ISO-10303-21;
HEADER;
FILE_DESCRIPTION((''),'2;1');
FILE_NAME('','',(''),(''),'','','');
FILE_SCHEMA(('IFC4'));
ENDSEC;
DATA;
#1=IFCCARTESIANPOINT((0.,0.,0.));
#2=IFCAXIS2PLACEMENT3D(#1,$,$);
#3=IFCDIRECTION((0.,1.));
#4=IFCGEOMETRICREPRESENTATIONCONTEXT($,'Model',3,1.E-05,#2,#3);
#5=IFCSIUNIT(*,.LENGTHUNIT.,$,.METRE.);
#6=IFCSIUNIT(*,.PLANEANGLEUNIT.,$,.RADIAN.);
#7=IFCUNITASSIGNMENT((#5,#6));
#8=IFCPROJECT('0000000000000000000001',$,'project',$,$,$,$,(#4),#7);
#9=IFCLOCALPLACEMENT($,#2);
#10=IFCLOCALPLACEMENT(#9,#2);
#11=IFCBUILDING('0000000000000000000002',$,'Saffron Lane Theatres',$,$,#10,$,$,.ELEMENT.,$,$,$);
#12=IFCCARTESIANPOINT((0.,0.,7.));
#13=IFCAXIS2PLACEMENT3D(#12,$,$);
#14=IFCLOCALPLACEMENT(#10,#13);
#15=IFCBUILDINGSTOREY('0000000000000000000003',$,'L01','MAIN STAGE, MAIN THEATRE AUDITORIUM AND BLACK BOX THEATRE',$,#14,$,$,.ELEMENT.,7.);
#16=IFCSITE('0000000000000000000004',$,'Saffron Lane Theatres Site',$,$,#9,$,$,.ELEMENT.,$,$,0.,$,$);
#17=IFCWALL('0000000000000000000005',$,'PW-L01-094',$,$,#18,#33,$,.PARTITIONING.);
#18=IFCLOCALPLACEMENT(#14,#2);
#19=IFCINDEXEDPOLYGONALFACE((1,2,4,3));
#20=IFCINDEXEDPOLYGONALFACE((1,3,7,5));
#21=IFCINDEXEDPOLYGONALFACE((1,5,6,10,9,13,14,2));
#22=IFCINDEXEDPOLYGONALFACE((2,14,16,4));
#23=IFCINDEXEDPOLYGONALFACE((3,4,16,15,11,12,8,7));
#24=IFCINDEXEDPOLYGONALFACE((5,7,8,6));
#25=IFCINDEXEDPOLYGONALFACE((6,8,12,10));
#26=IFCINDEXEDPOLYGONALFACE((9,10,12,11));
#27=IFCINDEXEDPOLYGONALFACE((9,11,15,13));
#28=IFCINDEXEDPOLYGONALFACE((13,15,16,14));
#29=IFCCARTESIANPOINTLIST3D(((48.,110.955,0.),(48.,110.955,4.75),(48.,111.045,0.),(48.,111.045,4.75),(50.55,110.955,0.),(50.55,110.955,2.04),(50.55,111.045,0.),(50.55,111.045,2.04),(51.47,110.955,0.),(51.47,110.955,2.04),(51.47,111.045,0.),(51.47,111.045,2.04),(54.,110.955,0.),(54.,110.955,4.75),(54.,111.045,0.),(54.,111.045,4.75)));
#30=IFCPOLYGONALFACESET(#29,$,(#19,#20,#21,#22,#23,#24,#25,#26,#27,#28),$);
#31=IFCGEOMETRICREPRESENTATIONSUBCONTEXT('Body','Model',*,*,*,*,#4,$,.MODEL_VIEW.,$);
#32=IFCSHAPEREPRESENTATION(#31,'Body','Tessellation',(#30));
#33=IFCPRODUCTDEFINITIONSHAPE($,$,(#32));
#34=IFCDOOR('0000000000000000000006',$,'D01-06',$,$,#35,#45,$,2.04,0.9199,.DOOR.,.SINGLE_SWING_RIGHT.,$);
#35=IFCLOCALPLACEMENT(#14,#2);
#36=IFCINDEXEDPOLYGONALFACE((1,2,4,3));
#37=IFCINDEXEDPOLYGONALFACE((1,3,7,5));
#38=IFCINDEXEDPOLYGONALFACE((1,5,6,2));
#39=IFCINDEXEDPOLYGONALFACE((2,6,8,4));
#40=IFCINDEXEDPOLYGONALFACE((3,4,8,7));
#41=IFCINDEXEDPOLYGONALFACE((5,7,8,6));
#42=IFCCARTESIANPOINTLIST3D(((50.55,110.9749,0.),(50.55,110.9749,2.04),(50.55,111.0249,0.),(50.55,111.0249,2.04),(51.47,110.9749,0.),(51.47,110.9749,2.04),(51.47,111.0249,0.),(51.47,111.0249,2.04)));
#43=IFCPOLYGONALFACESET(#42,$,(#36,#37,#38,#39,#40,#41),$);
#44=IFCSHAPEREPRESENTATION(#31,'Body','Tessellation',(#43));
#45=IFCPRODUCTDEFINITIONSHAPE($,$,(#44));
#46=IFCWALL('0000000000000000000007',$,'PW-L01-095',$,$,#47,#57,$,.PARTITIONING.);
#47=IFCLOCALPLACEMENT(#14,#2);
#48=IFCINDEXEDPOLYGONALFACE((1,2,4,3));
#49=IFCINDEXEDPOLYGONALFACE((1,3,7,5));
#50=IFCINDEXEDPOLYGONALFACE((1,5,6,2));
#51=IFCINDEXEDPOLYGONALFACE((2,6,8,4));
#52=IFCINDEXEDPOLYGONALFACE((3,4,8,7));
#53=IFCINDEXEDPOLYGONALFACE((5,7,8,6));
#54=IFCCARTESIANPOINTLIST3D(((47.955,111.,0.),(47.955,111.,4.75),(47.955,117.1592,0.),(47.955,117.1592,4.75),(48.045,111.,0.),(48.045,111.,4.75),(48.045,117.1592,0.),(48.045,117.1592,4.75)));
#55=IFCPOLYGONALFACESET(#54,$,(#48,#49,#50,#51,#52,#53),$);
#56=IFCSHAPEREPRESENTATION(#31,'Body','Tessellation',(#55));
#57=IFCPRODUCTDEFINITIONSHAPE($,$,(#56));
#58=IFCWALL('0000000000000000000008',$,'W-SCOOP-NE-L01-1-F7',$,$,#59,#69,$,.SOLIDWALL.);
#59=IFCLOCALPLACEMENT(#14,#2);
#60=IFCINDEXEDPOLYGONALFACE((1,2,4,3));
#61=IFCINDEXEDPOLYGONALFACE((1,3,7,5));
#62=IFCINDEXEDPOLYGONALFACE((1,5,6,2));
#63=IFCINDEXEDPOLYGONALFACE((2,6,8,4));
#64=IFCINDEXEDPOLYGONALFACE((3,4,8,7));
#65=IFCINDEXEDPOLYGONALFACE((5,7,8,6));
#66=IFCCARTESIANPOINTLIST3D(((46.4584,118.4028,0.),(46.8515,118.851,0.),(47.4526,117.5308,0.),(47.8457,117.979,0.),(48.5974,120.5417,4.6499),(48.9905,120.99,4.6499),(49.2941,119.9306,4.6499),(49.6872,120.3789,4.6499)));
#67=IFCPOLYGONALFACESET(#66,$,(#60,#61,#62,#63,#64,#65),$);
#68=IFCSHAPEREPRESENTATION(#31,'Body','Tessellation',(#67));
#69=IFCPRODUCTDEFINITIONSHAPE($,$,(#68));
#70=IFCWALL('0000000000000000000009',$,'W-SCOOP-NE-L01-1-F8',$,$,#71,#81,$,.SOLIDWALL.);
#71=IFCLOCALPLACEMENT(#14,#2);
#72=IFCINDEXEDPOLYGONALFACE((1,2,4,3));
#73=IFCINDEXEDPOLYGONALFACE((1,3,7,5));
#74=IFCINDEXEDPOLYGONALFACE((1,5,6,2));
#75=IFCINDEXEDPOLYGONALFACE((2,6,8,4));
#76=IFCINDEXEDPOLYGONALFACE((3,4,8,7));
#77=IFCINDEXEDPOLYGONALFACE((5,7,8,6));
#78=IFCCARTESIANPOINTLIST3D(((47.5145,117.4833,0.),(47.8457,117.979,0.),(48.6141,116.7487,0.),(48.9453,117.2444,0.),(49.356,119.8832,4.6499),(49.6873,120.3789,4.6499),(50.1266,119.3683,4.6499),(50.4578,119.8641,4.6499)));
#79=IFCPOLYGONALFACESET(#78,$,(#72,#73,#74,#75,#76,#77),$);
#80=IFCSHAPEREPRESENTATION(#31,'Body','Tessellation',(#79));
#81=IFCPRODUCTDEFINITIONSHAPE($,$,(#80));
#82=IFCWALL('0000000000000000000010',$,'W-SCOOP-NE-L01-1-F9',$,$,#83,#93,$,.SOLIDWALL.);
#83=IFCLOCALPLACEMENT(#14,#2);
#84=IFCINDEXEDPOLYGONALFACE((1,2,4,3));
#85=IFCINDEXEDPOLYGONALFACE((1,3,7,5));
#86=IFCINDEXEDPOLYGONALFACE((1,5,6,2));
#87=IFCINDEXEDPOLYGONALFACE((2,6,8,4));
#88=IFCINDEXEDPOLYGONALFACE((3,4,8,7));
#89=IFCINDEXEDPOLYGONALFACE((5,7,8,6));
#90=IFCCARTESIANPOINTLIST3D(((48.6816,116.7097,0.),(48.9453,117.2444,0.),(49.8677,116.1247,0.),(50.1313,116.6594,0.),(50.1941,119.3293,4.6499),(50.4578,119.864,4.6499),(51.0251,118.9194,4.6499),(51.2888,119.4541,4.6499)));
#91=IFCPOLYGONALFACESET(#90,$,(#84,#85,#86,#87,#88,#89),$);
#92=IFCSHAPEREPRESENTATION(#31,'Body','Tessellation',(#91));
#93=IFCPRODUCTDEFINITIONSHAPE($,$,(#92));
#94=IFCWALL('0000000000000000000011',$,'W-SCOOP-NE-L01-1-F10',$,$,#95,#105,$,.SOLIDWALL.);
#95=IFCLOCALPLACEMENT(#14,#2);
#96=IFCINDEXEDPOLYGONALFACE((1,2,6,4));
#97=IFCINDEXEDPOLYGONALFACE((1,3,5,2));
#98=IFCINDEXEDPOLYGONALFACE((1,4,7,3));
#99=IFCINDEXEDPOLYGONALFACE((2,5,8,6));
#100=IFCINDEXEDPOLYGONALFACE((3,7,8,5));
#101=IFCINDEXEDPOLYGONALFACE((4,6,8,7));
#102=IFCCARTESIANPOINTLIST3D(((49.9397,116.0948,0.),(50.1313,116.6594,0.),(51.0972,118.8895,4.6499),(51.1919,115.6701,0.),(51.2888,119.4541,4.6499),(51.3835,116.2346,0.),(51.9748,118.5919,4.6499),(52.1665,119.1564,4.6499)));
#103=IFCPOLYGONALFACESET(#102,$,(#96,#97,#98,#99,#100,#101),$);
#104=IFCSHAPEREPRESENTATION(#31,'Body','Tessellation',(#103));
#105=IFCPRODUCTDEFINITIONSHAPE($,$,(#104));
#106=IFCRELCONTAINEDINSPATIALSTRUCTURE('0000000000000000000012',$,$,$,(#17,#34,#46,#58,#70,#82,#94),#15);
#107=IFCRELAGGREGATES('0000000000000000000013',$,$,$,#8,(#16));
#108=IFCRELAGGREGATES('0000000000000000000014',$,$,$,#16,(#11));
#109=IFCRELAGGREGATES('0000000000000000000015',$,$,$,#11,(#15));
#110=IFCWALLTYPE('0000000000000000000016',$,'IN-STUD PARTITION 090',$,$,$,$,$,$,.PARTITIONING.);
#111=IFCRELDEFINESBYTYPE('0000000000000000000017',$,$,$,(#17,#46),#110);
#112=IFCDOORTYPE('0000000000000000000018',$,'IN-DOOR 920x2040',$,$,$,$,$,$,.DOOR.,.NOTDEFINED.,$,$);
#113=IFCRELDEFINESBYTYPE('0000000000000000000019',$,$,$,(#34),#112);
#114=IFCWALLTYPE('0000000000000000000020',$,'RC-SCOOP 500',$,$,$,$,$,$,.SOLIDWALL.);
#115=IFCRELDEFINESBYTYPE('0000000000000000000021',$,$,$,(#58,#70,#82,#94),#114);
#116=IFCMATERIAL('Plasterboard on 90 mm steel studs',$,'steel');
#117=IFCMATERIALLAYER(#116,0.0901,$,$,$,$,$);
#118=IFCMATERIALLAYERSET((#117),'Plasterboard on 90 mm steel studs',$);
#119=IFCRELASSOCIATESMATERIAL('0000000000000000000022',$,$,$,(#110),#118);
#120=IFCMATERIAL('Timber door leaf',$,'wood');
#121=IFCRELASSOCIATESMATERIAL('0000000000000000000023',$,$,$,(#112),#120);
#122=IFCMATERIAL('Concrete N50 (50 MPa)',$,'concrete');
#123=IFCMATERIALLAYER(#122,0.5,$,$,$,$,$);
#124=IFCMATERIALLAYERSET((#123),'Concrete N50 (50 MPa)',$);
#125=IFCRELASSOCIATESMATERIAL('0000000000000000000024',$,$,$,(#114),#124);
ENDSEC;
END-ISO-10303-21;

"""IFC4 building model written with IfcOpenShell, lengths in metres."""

from ifc_helpers import new_model, si_unit, direction, frame, frame_2d, origin, place, context, subcontext, project, spatial, polyline, rectangle, outline, extrude, material, layer, layer_set, type_object, element, fill, save


model = new_model("IFC4")

# Units and contexts
model_context = context("Model", 3, precision=1e-05, world=origin(), true_north=direction((0.0, 1.0)))
body_context = subcontext(model_context, "Body", "Model", "MODEL_VIEW")
ifc_project = project(units=[si_unit("LENGTHUNIT", "METRE"), si_unit("PLANEANGLEUNIT", "RADIAN")], contexts=[model_context])

# Site, building, storey
site_placement = place(None, origin())
site = spatial("IfcSite", under=ifc_project, at=site_placement, Name="Saffron Lane Theatres Site", CompositionType="ELEMENT", RefElevation=0.0)
building_placement = place(site_placement, origin())
building = spatial("IfcBuilding", under=site, at=building_placement, Name="Saffron Lane Theatres", CompositionType="ELEMENT")
storey_placement = place(building_placement, frame((0.0, 0.0, 7.0)))
storey = spatial("IfcBuildingStorey", under=building, at=storey_placement, Name="L01", Description="MAIN STAGE, MAIN THEATRE AUDITORIUM AND BLACK BOX THEATRE", CompositionType="ELEMENT", Elevation=7.0)

# Shared definitions
ifc_material_1 = material(Name="Plasterboard on 90 mm steel studs", Category="steel")
ifc_layer_1 = layer(ifc_material_1, 0.0901)
ifc_layer_set_1 = layer_set([ifc_layer_1], Name="Plasterboard on 90 mm steel studs")
wall_type_1 = type_object("IfcWallType", Name="IN-STUD PARTITION 090", PredefinedType="PARTITIONING", material=ifc_layer_set_1)

# Shared definitions
ifc_material_2 = material(Name="Timber door leaf", Category="wood")
door_type = type_object("IfcDoorType", Name="IN-DOOR 920x2040", OperationType="NOTDEFINED", PredefinedType="DOOR", material=ifc_material_2)

# Wall, opening, door
wall_1_placement = place(storey_placement, frame((48.0, 111.0, 0.0), z_axis=(0.0, 0.0, 1.0), x_axis=(1.0, 0.0, 0.0)))
wall_1 = element("IfcWall", 1, at=wall_1_placement, inside=storey, type_object=wall_type_1, Name="PW-L01-094", PredefinedType="PARTITIONING", context=body_context, shape_type="SweptSolid", body=[
    extrude(rectangle(XDim=6.0, YDim=0.0901, at=frame_2d((3.0, 0.0))), origin(), (0.0, 0.0, 1.0), 4.75),
])
opening_1_placement = place(wall_1_placement, frame((2.55, 0.0, 0.0)))
opening_1 = element("IfcOpeningElement", 2, at=opening_1_placement, cuts=wall_1, PredefinedType="OPENING", context=body_context, shape_type="SweptSolid", body=[
    extrude(rectangle(XDim=0.9199, YDim=2.04, at=frame_2d((0.46, 1.02))), frame((0.0, 0.0552, 0.0), z_axis=(0.0, -1.0, 0.0), x_axis=(1.0, 0.0, 0.0)), (0.0, 0.0, 1.0), 0.1101),
])
door_1_placement = place(opening_1_placement, origin())
door_1 = element("IfcDoor", 3, at=door_1_placement, inside=storey, type_object=door_type, Name="D01-06", OperationType="SINGLE_SWING_RIGHT", OverallHeight=2.04, OverallWidth=0.9199, PredefinedType="DOOR", context=body_context, shape_type="SweptSolid", body=[
    extrude(rectangle(XDim=0.9199, YDim=2.04, at=frame_2d((0.46, 1.02))), frame((0.0, 0.0249, 0.0), z_axis=(0.0, -1.0, 0.0), x_axis=(1.0, 0.0, 0.0)), (0.0, 0.0, 1.0), 0.05),
])
fill(opening_1, door_1)

# Walls
wall_2_placement = place(storey_placement, frame((48.0, 111.0, 0.0), z_axis=(0.0, 0.0, 1.0), x_axis=(0.0, 1.0, 0.0)))
element("IfcWall", 4, at=wall_2_placement, inside=storey, type_object=wall_type_1, Name="PW-L01-095", PredefinedType="PARTITIONING", context=body_context, shape_type="SweptSolid", body=[
    extrude(rectangle(XDim=6.1592, YDim=0.0901, at=frame_2d((3.0796, 0.0))), origin(), (0.0, 0.0, 1.0), 4.75),
])
ifc_material_3 = material(Name="Concrete N50 (50 MPa)", Category="concrete")
ifc_layer_2 = layer(ifc_material_3, 0.5)
ifc_layer_set_2 = layer_set([ifc_layer_2], Name="Concrete N50 (50 MPa)")
wall_type_2 = type_object("IfcWallType", Name="RC-SCOOP 500", PredefinedType="SOLIDWALL", material=ifc_layer_set_2)
wall_3_placement = place(storey_placement, frame((47.8457, 117.979, 0.0), z_axis=(-0.553094, -0.630572, 0.544487), x_axis=(-0.751774, 0.659421, 0.000021)))
element("IfcWall", 5, at=wall_3_placement, inside=storey, type_object=wall_type_2, Name="W-SCOOP-NE-L01-1-F7", PredefinedType="SOLIDWALL", context=body_context, shape_type="SweptSolid", body=[
    extrude(outline(polyline([(0.0, 0.0), (1.3224, 0.0), (1.125, -5.5437), (0.1982, -5.5437), (0.0, 0.0)])), origin(), (-0.0001, 0.544487, 0.838769), 0.5962),
])
wall_4_placement = place(storey_placement, frame((48.9453, 117.2444, 0.0), z_axis=(-0.465979, -0.697421, 0.544487), x_axis=(-0.83149, 0.555539, -0.000023)))
element("IfcWall", 6, at=wall_4_placement, inside=storey, type_object=wall_type_2, Name="W-SCOOP-NE-L01-1-F8", PredefinedType="SOLIDWALL", context=body_context, shape_type="SweptSolid", body=[
    extrude(outline(polyline([(0.0, 0.0), (1.3224, 0.0), (1.1243, -5.5438), (0.1976, -5.5437), (0.0, 0.0)])), origin(), (0.000037, 0.544487, 0.838769), 0.5962),
])
wall_5_placement = place(storey_placement, frame((50.1313, 116.6594, 0.0), z_axis=(-0.371027, -0.752252, 0.544478), x_axis=(-0.896847, 0.442341, -0.000005)))
element("IfcWall", 7, at=wall_5_placement, inside=storey, type_object=wall_type_2, Name="W-SCOOP-NE-L01-1-F9", PredefinedType="SOLIDWALL", context=body_context, shape_type="SweptSolid", body=[
    extrude(outline(polyline([(0.0, 0.0), (1.3224, 0.0), (1.1247, -5.5437), (0.1981, -5.5437), (0.0, 0.0)])), origin(), (-0.000058, 0.544478, 0.838775), 0.5962),
])
wall_6_placement = place(storey_placement, frame((51.3835, 116.2346, 0.0), z_axis=(-0.269418, -0.794325, 0.544483), x_axis=(-0.947004, 0.321223, 0.000028)))
element("IfcWall", 8, at=wall_6_placement, inside=storey, type_object=wall_type_2, Name="W-SCOOP-NE-L01-1-F10", PredefinedType="SOLIDWALL", context=body_context, shape_type="SweptSolid", body=[
    extrude(outline(polyline([(0.0, 0.0), (1.3223, 0.0), (1.124, -5.5437), (0.1972, -5.5437), (0.0, 0.0)])), origin(), (0.000228, 0.544483, 0.838772), 0.5962),
])

save(model, "model.ifc")
